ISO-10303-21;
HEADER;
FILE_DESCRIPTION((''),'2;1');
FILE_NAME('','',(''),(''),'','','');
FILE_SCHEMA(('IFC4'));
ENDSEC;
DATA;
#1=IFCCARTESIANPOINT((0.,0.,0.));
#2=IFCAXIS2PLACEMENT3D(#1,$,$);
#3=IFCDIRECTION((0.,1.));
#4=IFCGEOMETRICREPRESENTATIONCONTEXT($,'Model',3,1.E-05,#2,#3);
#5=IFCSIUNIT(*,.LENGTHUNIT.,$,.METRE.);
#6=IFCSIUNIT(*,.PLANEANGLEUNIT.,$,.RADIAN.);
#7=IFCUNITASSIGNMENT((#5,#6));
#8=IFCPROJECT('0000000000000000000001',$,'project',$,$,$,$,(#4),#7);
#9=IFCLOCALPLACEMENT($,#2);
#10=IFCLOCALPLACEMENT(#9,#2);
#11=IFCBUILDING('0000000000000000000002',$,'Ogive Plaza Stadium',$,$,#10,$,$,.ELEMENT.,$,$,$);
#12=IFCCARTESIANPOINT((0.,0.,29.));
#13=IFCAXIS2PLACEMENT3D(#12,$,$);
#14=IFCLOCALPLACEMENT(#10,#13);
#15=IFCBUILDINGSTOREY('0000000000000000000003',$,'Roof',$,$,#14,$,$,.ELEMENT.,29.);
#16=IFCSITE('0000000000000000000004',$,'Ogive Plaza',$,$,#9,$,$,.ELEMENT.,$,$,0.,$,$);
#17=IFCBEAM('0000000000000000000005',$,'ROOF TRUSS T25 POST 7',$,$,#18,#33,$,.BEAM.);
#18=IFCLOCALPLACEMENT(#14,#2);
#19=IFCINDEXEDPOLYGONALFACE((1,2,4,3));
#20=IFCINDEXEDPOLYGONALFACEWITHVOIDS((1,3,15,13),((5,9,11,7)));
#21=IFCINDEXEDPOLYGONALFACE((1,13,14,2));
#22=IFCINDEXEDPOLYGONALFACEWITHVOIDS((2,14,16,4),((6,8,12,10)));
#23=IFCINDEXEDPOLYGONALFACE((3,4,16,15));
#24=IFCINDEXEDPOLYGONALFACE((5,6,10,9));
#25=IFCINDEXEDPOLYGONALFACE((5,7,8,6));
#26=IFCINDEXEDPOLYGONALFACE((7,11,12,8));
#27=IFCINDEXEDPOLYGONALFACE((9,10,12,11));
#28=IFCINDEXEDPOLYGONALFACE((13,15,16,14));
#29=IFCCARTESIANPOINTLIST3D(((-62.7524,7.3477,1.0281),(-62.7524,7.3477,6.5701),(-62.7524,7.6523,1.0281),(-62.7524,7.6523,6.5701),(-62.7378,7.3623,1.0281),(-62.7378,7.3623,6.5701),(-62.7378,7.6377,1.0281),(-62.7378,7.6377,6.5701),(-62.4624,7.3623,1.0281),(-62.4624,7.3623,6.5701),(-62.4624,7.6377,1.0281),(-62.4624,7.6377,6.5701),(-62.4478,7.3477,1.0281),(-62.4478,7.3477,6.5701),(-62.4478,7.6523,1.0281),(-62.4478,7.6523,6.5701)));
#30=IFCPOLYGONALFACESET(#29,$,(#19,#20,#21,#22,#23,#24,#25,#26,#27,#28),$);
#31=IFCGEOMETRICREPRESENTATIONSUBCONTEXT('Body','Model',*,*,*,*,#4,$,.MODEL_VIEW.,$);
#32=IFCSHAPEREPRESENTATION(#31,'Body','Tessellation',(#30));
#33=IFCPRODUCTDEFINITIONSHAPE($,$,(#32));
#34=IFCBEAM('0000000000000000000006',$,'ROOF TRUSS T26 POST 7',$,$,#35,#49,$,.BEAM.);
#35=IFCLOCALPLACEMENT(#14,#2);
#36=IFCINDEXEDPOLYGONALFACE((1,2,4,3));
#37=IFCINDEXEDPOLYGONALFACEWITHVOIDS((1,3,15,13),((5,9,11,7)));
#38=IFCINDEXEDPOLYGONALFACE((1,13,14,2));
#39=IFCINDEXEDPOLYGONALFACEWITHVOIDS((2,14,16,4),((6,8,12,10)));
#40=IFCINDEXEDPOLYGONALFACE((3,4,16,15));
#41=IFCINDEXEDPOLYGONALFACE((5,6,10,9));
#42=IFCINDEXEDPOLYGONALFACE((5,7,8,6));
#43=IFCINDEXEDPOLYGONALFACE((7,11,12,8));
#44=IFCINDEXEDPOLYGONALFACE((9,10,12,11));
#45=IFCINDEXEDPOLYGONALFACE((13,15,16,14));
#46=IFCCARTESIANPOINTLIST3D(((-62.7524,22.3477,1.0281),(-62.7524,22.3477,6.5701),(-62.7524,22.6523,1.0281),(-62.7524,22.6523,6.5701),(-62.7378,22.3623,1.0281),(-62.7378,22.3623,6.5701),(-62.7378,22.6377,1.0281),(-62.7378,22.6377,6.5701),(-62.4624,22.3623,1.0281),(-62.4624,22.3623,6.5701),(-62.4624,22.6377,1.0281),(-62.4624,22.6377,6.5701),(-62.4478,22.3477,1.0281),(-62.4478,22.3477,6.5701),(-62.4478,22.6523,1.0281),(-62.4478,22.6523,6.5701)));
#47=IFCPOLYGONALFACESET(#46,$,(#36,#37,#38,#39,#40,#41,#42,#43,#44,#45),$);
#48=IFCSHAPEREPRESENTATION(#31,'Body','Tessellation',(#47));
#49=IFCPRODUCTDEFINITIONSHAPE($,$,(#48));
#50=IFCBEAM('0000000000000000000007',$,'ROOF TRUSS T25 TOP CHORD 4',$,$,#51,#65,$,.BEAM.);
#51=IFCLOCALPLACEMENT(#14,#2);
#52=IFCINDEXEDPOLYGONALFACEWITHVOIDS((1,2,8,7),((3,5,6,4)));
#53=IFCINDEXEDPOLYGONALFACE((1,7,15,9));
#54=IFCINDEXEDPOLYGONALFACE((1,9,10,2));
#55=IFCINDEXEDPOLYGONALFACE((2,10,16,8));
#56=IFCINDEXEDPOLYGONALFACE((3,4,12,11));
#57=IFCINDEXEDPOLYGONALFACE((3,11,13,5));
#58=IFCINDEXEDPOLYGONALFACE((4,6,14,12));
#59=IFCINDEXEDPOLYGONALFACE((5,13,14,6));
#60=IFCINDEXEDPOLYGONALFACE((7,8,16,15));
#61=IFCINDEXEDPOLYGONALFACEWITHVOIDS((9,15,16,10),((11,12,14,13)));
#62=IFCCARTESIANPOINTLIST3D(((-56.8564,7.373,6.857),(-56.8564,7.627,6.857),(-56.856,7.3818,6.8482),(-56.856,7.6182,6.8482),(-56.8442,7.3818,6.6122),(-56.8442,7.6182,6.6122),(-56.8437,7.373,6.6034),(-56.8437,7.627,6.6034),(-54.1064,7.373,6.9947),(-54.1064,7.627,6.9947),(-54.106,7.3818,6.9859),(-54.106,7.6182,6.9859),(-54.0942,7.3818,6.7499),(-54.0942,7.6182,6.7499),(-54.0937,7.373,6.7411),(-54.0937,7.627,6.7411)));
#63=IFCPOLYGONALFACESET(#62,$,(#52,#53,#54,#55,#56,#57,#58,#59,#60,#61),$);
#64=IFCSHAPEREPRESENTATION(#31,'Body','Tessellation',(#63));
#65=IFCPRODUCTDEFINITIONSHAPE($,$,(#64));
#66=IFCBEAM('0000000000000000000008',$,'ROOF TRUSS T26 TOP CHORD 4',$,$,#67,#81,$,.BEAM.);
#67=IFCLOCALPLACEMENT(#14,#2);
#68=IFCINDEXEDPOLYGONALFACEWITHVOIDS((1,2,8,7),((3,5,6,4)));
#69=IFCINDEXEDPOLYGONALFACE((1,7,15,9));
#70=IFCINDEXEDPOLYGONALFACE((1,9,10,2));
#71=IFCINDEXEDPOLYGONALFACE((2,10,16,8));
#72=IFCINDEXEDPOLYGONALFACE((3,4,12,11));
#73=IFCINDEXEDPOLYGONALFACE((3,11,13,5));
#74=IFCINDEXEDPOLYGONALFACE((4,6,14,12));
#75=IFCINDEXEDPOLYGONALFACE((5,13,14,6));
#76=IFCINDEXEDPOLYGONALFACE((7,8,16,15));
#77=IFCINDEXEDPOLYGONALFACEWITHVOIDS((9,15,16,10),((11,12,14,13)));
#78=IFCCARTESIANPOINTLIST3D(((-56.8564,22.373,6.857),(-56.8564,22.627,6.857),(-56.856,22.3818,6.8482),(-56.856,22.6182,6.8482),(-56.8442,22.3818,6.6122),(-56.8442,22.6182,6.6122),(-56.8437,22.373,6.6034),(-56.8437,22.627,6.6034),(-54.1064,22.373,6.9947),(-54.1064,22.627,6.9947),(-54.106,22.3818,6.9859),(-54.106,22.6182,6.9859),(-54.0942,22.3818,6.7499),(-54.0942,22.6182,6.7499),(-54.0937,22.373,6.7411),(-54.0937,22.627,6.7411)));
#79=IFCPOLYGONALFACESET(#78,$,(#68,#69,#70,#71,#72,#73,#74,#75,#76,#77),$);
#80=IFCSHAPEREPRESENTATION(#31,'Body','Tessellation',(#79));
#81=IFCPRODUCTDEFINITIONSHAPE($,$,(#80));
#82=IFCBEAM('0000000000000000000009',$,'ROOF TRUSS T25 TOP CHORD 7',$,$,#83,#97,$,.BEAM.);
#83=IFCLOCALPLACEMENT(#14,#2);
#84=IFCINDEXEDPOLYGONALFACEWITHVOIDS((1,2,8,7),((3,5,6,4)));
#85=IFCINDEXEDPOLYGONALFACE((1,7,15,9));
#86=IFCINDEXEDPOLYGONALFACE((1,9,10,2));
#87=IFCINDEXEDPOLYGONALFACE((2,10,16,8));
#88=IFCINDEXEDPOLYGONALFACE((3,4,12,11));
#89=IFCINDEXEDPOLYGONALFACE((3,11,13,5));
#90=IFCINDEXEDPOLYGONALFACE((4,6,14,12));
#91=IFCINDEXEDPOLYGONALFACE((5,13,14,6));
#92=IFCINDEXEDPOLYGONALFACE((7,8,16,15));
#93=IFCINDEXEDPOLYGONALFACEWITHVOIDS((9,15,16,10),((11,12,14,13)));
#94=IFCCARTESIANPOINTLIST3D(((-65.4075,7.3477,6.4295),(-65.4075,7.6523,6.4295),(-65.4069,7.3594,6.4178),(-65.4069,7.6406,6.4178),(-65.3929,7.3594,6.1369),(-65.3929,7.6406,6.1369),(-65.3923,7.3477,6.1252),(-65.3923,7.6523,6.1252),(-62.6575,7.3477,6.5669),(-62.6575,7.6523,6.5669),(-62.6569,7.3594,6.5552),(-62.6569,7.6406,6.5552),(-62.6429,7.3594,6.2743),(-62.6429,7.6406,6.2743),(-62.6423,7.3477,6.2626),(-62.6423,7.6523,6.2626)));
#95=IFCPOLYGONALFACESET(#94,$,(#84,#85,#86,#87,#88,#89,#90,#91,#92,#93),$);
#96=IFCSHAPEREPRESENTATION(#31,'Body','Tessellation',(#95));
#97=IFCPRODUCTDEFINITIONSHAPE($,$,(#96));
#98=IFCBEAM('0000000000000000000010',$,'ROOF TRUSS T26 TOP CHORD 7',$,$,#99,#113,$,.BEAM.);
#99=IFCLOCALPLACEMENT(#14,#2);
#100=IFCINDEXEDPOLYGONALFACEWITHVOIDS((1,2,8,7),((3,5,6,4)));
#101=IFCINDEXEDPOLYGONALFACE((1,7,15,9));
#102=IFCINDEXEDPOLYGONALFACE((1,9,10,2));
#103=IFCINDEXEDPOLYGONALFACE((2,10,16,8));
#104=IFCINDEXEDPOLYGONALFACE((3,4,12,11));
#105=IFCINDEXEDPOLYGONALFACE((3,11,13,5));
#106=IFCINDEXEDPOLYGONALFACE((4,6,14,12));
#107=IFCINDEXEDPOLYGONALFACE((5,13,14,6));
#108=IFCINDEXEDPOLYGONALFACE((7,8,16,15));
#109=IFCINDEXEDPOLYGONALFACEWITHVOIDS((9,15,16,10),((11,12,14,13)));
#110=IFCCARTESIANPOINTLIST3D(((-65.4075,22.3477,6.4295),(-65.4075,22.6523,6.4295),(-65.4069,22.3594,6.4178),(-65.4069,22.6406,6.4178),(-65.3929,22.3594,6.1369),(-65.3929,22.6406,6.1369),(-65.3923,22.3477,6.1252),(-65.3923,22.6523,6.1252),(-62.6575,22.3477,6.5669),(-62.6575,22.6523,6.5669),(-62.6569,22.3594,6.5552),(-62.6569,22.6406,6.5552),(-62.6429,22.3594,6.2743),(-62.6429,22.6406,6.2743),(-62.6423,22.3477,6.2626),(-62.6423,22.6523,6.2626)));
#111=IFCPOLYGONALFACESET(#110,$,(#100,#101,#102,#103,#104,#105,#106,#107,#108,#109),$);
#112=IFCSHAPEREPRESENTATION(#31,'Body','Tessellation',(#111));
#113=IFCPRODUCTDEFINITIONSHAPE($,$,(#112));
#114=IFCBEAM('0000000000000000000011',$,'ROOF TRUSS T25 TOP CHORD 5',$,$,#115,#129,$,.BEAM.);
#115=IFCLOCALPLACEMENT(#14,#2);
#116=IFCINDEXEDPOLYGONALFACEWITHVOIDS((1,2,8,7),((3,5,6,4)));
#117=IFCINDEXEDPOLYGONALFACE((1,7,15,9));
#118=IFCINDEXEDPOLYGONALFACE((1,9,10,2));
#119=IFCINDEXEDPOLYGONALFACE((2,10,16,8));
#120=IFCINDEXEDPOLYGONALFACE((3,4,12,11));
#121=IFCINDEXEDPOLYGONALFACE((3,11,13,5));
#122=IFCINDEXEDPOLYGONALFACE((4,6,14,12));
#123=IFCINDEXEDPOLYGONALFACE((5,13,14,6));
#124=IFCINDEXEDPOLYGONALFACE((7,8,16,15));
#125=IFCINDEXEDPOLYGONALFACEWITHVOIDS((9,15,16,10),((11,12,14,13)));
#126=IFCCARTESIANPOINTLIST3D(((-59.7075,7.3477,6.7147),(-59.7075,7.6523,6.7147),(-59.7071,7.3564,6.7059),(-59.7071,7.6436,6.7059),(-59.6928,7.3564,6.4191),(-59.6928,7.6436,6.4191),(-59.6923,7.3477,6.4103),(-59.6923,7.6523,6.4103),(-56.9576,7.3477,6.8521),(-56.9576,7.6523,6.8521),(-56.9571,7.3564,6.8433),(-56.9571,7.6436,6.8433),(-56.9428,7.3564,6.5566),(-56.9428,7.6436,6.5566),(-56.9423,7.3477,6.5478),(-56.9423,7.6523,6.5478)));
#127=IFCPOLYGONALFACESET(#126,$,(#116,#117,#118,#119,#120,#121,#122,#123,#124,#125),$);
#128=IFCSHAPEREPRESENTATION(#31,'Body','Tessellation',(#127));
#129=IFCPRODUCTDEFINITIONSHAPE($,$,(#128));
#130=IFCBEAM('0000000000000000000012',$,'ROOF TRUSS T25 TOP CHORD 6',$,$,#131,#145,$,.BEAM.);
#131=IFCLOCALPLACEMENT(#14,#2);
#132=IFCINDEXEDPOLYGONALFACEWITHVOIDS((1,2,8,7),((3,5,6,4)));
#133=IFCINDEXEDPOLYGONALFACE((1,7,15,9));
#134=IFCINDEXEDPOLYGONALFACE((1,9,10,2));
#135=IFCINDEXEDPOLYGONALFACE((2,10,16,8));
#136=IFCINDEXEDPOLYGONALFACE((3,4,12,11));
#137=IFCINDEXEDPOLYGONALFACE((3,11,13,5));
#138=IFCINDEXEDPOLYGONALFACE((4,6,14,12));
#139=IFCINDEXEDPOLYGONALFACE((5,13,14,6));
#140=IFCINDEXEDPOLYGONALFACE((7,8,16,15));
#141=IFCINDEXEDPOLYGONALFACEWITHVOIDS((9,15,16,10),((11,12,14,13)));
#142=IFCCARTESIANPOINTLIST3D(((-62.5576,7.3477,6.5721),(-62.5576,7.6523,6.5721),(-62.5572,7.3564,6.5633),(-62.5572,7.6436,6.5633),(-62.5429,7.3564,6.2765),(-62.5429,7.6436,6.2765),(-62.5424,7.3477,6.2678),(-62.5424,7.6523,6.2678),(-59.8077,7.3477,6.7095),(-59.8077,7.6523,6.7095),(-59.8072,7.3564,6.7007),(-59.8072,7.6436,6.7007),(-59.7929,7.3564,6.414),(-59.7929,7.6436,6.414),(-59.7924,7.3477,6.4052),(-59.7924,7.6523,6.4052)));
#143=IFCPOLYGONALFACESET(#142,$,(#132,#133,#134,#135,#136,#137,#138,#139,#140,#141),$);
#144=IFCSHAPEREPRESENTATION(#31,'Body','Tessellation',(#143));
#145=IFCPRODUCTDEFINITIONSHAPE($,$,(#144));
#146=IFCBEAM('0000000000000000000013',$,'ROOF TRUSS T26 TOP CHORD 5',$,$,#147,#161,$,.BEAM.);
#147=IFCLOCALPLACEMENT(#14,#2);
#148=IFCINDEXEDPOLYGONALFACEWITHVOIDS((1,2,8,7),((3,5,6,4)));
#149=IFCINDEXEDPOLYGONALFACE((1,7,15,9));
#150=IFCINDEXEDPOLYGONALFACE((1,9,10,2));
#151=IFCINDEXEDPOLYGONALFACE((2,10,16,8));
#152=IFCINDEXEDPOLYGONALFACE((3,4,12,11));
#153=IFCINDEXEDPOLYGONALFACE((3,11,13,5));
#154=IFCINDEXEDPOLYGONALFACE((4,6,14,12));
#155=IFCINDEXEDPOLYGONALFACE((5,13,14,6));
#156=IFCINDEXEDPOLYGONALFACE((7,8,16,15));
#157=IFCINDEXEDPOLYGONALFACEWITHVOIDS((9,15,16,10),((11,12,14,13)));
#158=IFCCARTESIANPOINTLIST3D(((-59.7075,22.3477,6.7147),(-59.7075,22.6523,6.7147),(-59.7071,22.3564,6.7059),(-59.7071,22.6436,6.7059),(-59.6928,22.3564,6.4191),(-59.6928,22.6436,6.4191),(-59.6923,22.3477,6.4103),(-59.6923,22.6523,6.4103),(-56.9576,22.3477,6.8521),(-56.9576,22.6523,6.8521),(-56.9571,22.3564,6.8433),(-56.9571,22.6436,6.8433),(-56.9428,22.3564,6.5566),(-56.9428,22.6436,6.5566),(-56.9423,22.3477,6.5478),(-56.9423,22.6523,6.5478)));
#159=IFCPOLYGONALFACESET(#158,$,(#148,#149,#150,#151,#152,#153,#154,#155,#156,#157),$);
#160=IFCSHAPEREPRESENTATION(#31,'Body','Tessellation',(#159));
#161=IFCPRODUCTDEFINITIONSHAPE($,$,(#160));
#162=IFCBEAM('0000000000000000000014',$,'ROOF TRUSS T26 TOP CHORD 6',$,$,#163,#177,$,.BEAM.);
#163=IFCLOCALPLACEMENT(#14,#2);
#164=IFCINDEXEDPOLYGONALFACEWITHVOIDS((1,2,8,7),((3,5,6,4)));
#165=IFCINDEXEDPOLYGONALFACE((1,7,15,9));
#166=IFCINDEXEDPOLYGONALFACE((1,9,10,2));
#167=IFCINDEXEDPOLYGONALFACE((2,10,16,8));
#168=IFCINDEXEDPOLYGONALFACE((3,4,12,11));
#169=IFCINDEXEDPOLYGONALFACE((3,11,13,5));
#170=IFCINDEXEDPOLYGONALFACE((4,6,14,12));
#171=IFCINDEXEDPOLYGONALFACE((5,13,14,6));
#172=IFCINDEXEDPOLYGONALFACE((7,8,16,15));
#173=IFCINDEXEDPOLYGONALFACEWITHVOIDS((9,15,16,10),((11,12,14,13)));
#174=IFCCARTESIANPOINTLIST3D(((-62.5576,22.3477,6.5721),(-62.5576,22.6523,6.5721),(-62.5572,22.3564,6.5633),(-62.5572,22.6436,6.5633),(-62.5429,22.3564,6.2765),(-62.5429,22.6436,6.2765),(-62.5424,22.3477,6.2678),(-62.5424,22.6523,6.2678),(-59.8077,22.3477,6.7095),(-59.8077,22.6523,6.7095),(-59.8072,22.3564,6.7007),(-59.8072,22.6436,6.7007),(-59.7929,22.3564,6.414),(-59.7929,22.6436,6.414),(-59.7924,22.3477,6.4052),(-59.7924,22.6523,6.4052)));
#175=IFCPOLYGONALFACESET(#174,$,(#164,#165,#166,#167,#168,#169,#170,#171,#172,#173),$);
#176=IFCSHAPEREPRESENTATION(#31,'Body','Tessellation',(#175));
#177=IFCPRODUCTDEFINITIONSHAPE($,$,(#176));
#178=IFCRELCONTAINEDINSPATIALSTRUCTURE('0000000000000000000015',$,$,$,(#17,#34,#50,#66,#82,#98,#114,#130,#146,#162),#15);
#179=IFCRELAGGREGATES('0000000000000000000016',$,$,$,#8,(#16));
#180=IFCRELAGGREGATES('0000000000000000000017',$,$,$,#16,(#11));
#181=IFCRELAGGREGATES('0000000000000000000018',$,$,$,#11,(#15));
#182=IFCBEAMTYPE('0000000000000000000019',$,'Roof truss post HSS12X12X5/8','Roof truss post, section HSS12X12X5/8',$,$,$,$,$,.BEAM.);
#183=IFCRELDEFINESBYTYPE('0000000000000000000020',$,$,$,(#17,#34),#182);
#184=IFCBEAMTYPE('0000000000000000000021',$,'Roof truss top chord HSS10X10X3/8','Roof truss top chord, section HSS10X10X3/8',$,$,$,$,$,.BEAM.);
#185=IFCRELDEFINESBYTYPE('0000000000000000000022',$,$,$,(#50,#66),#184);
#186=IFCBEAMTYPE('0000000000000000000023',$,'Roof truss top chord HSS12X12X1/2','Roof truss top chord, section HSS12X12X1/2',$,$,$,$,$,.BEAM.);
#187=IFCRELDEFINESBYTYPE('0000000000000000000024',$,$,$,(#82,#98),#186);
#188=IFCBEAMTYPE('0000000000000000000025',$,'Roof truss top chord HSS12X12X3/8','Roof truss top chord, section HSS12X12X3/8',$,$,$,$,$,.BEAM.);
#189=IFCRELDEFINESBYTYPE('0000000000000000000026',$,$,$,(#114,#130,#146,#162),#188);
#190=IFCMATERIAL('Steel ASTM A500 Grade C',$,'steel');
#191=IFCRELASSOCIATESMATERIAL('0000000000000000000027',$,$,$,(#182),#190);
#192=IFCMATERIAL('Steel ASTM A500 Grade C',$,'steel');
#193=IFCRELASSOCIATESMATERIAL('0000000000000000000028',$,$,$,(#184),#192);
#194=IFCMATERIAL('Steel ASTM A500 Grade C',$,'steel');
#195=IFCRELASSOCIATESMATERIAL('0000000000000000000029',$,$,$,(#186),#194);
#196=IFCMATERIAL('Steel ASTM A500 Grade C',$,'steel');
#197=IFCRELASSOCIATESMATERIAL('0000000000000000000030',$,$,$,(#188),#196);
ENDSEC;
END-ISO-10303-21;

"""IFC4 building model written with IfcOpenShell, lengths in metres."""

from ifc_helpers import new_model, si_unit, direction, frame, origin, origin_2d, place, context, subcontext, project, spatial, hollow_rectangle, extrude, material, material_profile, profile_set, type_object, element, save


model = new_model("IFC4")

# Units and contexts
model_context = context("Model", 3, precision=1e-05, world=origin(), true_north=direction((0.0, 1.0)))
body_context = subcontext(model_context, "Body", "Model", "MODEL_VIEW")
ifc_project = project(units=[si_unit("LENGTHUNIT", "METRE"), si_unit("PLANEANGLEUNIT", "RADIAN")], contexts=[model_context])

# Site, building, storey
site_placement = place(None, origin())
site = spatial("IfcSite", under=ifc_project, at=site_placement, Name="Ogive Plaza", CompositionType="ELEMENT", RefElevation=0.0)
building_placement = place(site_placement, origin())
building = spatial("IfcBuilding", under=site, at=building_placement, Name="Ogive Plaza Stadium", CompositionType="ELEMENT")
storey_placement = place(building_placement, frame((0.0, 0.0, 29.0)))
storey = spatial("IfcBuildingStorey", under=building, at=storey_placement, Name="Roof", CompositionType="ELEMENT", Elevation=29.0)

# Beams
ifc_material_1 = material(Name="Steel ASTM A500 Grade C", Category="steel")
ifc_material_profile_1 = material_profile(ifc_material_1, hollow_rectangle(XDim=0.3047, YDim=0.3047, WallThickness=0.0146, at=origin_2d()), Name="HSS12X12X5/8")
ifc_profile_set_1 = profile_set([ifc_material_profile_1], Name="Steel ASTM A500 Grade C")
beam_type_1 = type_object("IfcBeamType", Name="Roof truss post HSS12X12X5/8", Description="Roof truss post, section HSS12X12X5/8", PredefinedType="BEAM", material=ifc_profile_set_1)
for number, where, z_axis, x_axis, name in (
    (1, (-62.6001, 7.5, 1.0281), (0.0, 0.0, 1.0), (0.0, -1.0, 0.0), "ROOF TRUSS T25 POST 7"),
    (2, (-62.6001, 22.5, 1.0281), (0.0, 0.0, 1.0), (0.0, -1.0, 0.0), "ROOF TRUSS T26 POST 7"),
):
    element("IfcBeam", number, at=place(storey_placement, frame(where, z_axis=z_axis, x_axis=x_axis)), inside=storey, type_object=beam_type_1, Name=name, PredefinedType="BEAM", context=body_context, shape_type="SweptSolid", body=[
        extrude(hollow_rectangle(XDim=0.3047, YDim=0.3047, WallThickness=0.0146, at=origin_2d()), origin(), (0.0, 0.0, 1.0), 5.542),
    ])
ifc_material_2 = material(Name="Steel ASTM A500 Grade C", Category="steel")
ifc_material_profile_2 = material_profile(ifc_material_2, hollow_rectangle(XDim=0.2539, YDim=0.2539, WallThickness=0.0088, at=origin_2d()), Name="HSS10X10X3/8")
ifc_profile_set_2 = profile_set([ifc_material_profile_2], Name="Steel ASTM A500 Grade C")
beam_type_2 = type_object("IfcBeamType", Name="Roof truss top chord HSS10X10X3/8", Description="Roof truss top chord, section HSS10X10X3/8", PredefinedType="BEAM", material=ifc_profile_set_2)
for number, where, z_axis, x_axis, name in (
    (3, (-54.1001, 7.5, 6.8679), (-0.998749, 0.0, -0.050008), (0.0, -1.0, 0.0), "ROOF TRUSS T25 TOP CHORD 4"),
    (4, (-54.1001, 22.5, 6.8679), (-0.998749, 0.0, -0.050008), (0.0, -1.0, 0.0), "ROOF TRUSS T26 TOP CHORD 4"),
):
    element("IfcBeam", number, at=place(storey_placement, frame(where, z_axis=z_axis, x_axis=x_axis)), inside=storey, type_object=beam_type_2, Name=name, PredefinedType="BEAM", context=body_context, shape_type="SweptSolid", body=[
        extrude(hollow_rectangle(XDim=0.2539, YDim=0.2539, WallThickness=0.0088, at=origin_2d()), origin(), (0.0, 0.0, 1.0), 2.7534),
    ])
ifc_material_3 = material(Name="Steel ASTM A500 Grade C", Category="steel")
ifc_material_profile_3 = material_profile(ifc_material_3, hollow_rectangle(XDim=0.3047, YDim=0.3047, WallThickness=0.0117, at=origin_2d()), Name="HSS12X12X1/2")
ifc_profile_set_3 = profile_set([ifc_material_profile_3], Name="Steel ASTM A500 Grade C")
beam_type_3 = type_object("IfcBeamType", Name="Roof truss top chord HSS12X12X1/2", Description="Roof truss top chord, section HSS12X12X1/2", PredefinedType="BEAM", material=ifc_profile_set_3)
for number, where, z_axis, x_axis, name in (
    (5, (-62.6499, 7.5, 6.4148), (-0.998753, 0.0, -0.04992), (0.0, -1.0, 0.0), "ROOF TRUSS T25 TOP CHORD 7"),
    (6, (-62.6499, 22.5, 6.4148), (-0.998753, 0.0, -0.04992), (0.0, -1.0, 0.0), "ROOF TRUSS T26 TOP CHORD 7"),
):
    element("IfcBeam", number, at=place(storey_placement, frame(where, z_axis=z_axis, x_axis=x_axis)), inside=storey, type_object=beam_type_3, Name=name, PredefinedType="BEAM", context=body_context, shape_type="SweptSolid", body=[
        extrude(hollow_rectangle(XDim=0.3047, YDim=0.3047, WallThickness=0.0117, at=origin_2d()), origin(), (0.0, 0.0, 1.0), 2.7534),
    ])
ifc_material_4 = material(Name="Steel ASTM A500 Grade C", Category="steel")
ifc_material_profile_4 = material_profile(ifc_material_4, hollow_rectangle(XDim=0.3047, YDim=0.3047, WallThickness=0.0088, at=origin_2d()), Name="HSS12X12X3/8")
ifc_profile_set_4 = profile_set([ifc_material_profile_4], Name="Steel ASTM A500 Grade C")
beam_type_4 = type_object("IfcBeamType", Name="Roof truss top chord HSS12X12X3/8", Description="Roof truss top chord, section HSS12X12X3/8", PredefinedType="BEAM", material=ifc_profile_set_4)
for number, where, z_axis, x_axis, name in (
    (7, (-56.95, 7.5, 6.7), (-0.998753, 0.0, -0.04992), (0.0, -1.0, 0.0), "ROOF TRUSS T25 TOP CHORD 5"),
    (8, (-59.8, 7.5, 6.5574), (-0.998753, 0.0, -0.04992), (0.0, -1.0, 0.0), "ROOF TRUSS T25 TOP CHORD 6"),
    (9, (-56.95, 22.5, 6.7), (-0.998753, 0.0, -0.04992), (0.0, -1.0, 0.0), "ROOF TRUSS T26 TOP CHORD 5"),
    (10, (-59.8, 22.5, 6.5574), (-0.998753, 0.0, -0.04992), (0.0, -1.0, 0.0), "ROOF TRUSS T26 TOP CHORD 6"),
):
    element("IfcBeam", number, at=place(storey_placement, frame(where, z_axis=z_axis, x_axis=x_axis)), inside=storey, type_object=beam_type_4, Name=name, PredefinedType="BEAM", context=body_context, shape_type="SweptSolid", body=[
        extrude(hollow_rectangle(XDim=0.3047, YDim=0.3047, WallThickness=0.0088, at=origin_2d()), origin(), (0.0, 0.0, 1.0), 2.7534),
    ])

save(model, "model.ifc")
